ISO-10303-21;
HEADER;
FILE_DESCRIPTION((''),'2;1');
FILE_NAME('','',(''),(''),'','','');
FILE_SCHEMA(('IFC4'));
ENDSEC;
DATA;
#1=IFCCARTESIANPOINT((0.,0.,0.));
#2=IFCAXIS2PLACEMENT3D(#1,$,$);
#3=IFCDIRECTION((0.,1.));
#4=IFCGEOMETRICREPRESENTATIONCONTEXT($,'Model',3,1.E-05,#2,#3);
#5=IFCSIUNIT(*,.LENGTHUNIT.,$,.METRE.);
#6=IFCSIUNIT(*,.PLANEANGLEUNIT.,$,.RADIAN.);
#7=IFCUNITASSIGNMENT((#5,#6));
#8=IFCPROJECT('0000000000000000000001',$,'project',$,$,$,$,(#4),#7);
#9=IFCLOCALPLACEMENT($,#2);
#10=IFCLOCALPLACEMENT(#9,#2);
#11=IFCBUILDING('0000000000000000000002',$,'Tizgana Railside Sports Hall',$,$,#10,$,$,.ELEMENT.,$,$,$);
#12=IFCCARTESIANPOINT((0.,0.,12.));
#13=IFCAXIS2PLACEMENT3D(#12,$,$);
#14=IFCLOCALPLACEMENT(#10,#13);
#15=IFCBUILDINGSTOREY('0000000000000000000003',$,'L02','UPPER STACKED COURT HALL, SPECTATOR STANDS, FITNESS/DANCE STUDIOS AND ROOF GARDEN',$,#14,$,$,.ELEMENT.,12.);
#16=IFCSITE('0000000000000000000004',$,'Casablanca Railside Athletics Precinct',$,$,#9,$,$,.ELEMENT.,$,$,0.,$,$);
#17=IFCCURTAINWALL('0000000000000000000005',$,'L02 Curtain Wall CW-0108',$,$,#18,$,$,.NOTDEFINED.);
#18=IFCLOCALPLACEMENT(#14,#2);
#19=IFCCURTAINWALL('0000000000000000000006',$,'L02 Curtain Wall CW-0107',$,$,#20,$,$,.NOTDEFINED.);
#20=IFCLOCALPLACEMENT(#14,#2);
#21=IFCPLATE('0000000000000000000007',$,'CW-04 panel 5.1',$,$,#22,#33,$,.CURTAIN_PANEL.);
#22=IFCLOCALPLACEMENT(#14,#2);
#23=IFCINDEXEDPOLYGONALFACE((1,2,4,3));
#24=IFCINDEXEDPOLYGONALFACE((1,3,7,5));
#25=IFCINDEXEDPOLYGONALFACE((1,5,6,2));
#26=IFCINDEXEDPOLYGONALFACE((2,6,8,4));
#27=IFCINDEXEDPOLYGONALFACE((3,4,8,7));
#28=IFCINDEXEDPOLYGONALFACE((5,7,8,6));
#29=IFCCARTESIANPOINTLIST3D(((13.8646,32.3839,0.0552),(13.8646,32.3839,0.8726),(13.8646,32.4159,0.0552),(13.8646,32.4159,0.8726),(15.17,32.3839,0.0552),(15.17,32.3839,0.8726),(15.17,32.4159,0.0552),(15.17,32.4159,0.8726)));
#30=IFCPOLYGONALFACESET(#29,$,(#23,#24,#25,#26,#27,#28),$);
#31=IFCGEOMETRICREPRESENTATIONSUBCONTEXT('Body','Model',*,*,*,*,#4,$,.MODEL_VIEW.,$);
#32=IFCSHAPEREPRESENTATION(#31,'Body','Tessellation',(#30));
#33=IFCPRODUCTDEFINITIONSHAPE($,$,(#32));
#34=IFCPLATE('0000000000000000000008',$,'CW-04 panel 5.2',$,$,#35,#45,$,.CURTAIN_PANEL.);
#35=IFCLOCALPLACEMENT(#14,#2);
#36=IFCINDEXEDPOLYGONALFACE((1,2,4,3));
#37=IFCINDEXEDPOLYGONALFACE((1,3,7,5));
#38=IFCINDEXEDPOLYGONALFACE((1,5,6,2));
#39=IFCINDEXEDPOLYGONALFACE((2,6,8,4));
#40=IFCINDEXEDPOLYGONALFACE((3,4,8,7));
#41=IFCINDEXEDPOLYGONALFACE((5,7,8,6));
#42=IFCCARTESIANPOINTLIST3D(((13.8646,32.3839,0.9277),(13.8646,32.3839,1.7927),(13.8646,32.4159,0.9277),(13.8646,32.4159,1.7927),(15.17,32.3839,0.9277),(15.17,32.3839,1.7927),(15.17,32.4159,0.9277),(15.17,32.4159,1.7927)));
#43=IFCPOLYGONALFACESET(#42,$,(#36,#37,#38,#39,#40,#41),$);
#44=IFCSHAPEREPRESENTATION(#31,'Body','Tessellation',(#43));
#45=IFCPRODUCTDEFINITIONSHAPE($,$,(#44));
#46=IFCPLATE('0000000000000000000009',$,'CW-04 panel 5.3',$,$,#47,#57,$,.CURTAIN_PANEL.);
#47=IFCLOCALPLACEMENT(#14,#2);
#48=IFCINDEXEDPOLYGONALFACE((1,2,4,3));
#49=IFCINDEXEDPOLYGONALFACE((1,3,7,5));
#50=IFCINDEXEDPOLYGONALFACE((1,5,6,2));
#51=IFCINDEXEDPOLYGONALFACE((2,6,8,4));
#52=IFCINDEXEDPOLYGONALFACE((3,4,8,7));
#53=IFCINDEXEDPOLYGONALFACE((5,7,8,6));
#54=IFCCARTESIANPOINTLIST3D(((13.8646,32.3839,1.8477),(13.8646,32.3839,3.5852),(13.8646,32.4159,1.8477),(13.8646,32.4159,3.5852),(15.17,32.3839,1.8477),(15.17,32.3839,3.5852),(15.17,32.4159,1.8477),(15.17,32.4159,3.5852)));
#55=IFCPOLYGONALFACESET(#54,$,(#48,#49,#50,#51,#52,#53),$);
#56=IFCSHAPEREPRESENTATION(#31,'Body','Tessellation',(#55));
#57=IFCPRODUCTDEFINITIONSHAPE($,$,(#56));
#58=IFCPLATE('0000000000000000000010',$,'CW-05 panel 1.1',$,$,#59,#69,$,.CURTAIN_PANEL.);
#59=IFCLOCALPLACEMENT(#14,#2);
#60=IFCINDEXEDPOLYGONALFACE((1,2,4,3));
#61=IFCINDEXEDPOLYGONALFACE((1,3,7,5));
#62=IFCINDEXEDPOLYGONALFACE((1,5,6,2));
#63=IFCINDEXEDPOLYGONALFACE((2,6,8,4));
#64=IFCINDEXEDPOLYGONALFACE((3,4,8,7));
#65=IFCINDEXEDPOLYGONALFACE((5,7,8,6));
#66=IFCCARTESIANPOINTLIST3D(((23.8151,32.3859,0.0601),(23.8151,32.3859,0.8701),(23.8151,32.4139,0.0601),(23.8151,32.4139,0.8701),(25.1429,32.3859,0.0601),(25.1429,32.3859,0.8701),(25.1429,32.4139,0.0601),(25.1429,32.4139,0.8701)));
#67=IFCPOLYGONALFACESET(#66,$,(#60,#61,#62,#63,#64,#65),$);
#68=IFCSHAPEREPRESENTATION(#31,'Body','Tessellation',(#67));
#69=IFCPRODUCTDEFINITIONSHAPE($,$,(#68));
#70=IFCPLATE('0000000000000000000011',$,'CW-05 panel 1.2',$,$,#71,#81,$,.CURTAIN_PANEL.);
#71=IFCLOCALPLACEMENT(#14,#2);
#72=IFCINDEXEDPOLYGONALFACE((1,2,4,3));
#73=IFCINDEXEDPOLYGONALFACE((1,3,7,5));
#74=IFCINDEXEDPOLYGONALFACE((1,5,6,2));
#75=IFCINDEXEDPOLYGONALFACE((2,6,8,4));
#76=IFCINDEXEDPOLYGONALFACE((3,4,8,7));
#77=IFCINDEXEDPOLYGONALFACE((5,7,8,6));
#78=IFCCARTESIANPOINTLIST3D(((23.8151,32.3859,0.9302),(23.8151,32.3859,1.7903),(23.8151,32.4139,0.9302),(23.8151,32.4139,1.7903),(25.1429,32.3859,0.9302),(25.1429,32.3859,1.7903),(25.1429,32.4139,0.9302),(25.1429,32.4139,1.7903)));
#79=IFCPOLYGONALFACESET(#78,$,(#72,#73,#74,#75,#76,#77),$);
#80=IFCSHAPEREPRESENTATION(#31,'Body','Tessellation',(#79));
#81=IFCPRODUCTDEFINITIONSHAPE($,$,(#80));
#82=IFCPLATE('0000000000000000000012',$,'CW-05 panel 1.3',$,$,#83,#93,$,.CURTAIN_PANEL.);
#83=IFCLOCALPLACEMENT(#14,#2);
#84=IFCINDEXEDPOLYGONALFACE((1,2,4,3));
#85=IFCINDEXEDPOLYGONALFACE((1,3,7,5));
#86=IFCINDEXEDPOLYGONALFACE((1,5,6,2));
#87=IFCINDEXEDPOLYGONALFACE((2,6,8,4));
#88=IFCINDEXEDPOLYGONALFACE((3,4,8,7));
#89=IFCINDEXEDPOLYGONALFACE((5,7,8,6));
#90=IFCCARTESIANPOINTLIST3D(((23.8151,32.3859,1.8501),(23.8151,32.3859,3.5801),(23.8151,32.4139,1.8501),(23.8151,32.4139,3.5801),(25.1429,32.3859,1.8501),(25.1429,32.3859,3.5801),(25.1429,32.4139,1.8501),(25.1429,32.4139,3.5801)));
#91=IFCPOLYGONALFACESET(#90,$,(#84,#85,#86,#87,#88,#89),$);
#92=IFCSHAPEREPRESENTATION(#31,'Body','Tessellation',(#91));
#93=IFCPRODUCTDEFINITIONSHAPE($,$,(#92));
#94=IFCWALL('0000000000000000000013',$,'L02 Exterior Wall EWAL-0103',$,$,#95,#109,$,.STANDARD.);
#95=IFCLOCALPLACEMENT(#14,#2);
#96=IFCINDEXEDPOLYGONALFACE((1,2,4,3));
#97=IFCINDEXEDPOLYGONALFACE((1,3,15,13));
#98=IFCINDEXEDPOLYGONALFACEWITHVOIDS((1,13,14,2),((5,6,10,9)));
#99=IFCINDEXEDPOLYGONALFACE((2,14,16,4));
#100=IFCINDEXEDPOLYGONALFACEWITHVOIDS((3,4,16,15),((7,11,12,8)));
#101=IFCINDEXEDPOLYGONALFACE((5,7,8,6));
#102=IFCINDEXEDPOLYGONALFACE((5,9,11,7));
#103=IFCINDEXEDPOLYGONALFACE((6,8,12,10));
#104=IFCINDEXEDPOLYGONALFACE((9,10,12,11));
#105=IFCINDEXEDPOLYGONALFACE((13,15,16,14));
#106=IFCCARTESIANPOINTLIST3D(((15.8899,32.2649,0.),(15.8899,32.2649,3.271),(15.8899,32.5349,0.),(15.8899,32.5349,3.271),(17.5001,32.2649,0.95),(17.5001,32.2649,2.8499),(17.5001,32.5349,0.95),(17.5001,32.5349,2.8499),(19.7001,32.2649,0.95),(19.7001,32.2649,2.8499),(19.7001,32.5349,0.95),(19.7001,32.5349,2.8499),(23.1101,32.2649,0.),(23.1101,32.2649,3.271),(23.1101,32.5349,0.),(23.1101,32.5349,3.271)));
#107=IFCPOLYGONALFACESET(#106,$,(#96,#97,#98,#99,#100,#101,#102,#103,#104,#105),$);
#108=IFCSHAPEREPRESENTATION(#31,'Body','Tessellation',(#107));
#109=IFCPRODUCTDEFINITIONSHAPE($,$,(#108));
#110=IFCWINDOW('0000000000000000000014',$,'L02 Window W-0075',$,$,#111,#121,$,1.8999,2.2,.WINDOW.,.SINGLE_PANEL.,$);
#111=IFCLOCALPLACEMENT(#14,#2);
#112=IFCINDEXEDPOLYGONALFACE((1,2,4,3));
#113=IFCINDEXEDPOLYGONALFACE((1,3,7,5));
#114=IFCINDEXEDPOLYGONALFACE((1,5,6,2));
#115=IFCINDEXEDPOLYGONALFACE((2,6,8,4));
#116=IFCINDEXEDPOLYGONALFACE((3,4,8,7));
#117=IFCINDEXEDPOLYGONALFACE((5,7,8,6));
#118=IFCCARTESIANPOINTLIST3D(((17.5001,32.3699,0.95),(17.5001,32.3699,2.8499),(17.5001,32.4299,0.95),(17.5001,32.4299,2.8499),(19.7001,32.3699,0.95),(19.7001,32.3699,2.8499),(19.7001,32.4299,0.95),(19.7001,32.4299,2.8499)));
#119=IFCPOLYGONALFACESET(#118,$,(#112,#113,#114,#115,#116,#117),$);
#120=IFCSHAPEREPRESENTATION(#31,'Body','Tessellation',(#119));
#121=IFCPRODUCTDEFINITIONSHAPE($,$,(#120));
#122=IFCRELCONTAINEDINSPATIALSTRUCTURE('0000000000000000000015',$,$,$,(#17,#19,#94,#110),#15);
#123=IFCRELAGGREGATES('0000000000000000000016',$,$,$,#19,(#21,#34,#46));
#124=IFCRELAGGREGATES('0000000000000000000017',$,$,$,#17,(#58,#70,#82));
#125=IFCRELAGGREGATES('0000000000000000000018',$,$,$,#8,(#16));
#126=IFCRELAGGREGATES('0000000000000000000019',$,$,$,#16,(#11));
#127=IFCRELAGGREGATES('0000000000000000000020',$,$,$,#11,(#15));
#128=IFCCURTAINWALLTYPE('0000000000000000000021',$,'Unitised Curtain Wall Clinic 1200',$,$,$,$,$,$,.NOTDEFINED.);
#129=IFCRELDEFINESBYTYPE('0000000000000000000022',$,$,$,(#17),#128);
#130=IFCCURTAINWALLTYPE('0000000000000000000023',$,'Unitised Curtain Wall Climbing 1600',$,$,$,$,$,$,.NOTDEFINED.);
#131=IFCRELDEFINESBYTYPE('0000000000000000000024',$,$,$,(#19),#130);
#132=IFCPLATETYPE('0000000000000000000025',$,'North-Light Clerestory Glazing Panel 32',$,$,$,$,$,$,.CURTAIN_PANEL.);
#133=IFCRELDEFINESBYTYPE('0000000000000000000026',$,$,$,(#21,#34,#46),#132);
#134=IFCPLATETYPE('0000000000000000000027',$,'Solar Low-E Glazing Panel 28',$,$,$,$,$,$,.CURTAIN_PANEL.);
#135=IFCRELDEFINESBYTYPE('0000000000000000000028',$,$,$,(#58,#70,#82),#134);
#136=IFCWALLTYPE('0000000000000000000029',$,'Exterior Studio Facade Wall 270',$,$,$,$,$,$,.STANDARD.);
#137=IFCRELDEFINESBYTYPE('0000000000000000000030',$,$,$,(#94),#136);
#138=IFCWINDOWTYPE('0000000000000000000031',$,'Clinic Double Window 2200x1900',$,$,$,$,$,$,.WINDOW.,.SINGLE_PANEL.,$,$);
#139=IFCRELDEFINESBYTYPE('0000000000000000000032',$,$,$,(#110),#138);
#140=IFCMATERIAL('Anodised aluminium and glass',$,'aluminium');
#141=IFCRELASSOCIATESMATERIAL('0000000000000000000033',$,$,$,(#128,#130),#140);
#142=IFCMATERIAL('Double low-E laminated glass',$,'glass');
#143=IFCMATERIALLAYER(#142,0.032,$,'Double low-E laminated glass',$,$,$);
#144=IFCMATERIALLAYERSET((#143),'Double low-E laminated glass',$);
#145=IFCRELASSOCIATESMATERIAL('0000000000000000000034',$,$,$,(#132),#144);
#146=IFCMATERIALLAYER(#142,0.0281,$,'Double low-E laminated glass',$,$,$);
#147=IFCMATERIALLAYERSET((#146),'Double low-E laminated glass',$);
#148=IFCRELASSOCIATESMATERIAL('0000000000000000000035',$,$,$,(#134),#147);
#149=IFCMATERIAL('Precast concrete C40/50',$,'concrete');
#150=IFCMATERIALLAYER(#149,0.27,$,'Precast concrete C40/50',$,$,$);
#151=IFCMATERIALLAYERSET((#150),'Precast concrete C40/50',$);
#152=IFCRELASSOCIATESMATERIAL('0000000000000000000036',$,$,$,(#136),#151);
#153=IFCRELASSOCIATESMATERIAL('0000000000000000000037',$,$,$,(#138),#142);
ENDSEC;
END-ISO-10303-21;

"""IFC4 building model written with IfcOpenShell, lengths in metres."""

from ifc_helpers import new_model, si_unit, direction, frame, frame_2d, origin, origin_2d, place, context, subcontext, project, spatial, rectangle, extrude, material, layer, layer_set, type_object, element, fill, aggregate, save


model = new_model("IFC4")

# Units and contexts
model_context = context("Model", 3, precision=1e-05, world=origin(), true_north=direction((0.0, 1.0)))
body_context = subcontext(model_context, "Body", "Model", "MODEL_VIEW")
ifc_project = project(units=[si_unit("LENGTHUNIT", "METRE"), si_unit("PLANEANGLEUNIT", "RADIAN")], contexts=[model_context])

# Site, building, storey
site_placement = place(None, origin())
site = spatial("IfcSite", under=ifc_project, at=site_placement, Name="Casablanca Railside Athletics Precinct", CompositionType="ELEMENT", RefElevation=0.0)
building_placement = place(site_placement, origin())
building = spatial("IfcBuilding", under=site, at=building_placement, Name="Tizgana Railside Sports Hall", CompositionType="ELEMENT")
storey_placement = place(building_placement, frame((0.0, 0.0, 12.0)))
storey = spatial("IfcBuildingStorey", under=building, at=storey_placement, Name="L02", Description="UPPER STACKED COURT HALL, SPECTATOR STANDS, FITNESS/DANCE STUDIOS AND ROOF GARDEN", CompositionType="ELEMENT", Elevation=12.0)

# Curtain walls
ifc_material_1 = material(Name="Anodised aluminium and glass", Category="aluminium")
curtain_wall_type_1 = type_object("IfcCurtainWallType", Name="Unitised Curtain Wall Clinic 1200", PredefinedType="NOTDEFINED", material=ifc_material_1)
curtain_wall_1_placement = place(storey_placement, origin())
curtain_wall_1 = element("IfcCurtainWall", 1, at=curtain_wall_1_placement, inside=storey, type_object=curtain_wall_type_1, Name="L02 Curtain Wall CW-0108", PredefinedType="NOTDEFINED")
curtain_wall_type_2 = type_object("IfcCurtainWallType", Name="Unitised Curtain Wall Climbing 1600", PredefinedType="NOTDEFINED", material=ifc_material_1)
curtain_wall_2_placement = place(storey_placement, origin())
curtain_wall_2 = element("IfcCurtainWall", 2, at=curtain_wall_2_placement, inside=storey, type_object=curtain_wall_type_2, Name="L02 Curtain Wall CW-0107", PredefinedType="NOTDEFINED")

# Plates
ifc_material_2 = material(Name="Double low-E laminated glass", Category="glass")
ifc_layer_1 = layer(ifc_material_2, 0.032, Name="Double low-E laminated glass")
ifc_layer_set_1 = layer_set([ifc_layer_1], Name="Double low-E laminated glass")
plate_type_1 = type_object("IfcPlateType", Name="North-Light Clerestory Glazing Panel 32", PredefinedType="CURTAIN_PANEL", material=ifc_layer_set_1)
plate_1_placement = place(storey_placement, frame((14.5173, 32.3999, 0.0552), z_axis=(0.0, 0.0, 1.0), x_axis=(1.0, 0.0, 0.0)))
plate_1 = element("IfcPlate", 3, at=plate_1_placement, type_object=plate_type_1, Name="CW-04 panel 5.1", PredefinedType="CURTAIN_PANEL", context=body_context, shape_type="SweptSolid", body=[
    extrude(rectangle(XDim=1.3054, YDim=0.032, at=origin_2d()), origin(), (0.0, 0.0, 1.0), 0.8174),
])
plate_2_placement = place(storey_placement, frame((14.5173, 32.3999, 0.9277), z_axis=(0.0, 0.0, 1.0), x_axis=(1.0, 0.0, 0.0)))
plate_2 = element("IfcPlate", 4, at=plate_2_placement, type_object=plate_type_1, Name="CW-04 panel 5.2", PredefinedType="CURTAIN_PANEL", context=body_context, shape_type="SweptSolid", body=[
    extrude(rectangle(XDim=1.3054, YDim=0.032, at=origin_2d()), origin(), (0.0, 0.0, 1.0), 0.865),
])
plate_3_placement = place(storey_placement, frame((14.5173, 32.3999, 1.8477), z_axis=(0.0, 0.0, 1.0), x_axis=(1.0, 0.0, 0.0)))
plate_3 = element("IfcPlate", 5, at=plate_3_placement, type_object=plate_type_1, Name="CW-04 panel 5.3", PredefinedType="CURTAIN_PANEL", context=body_context, shape_type="SweptSolid", body=[
    extrude(rectangle(XDim=1.3054, YDim=0.032, at=origin_2d()), origin(), (0.0, 0.0, 1.0), 1.7375),
])
aggregate(curtain_wall_2, [plate_1, plate_2, plate_3])
ifc_layer_2 = layer(ifc_material_2, 0.0281, Name="Double low-E laminated glass")
ifc_layer_set_2 = layer_set([ifc_layer_2], Name="Double low-E laminated glass")
plate_type_2 = type_object("IfcPlateType", Name="Solar Low-E Glazing Panel 28", PredefinedType="CURTAIN_PANEL", material=ifc_layer_set_2)
plate_4_placement = place(storey_placement, frame((24.479, 32.3999, 0.0601), z_axis=(0.0, 0.0, 1.0), x_axis=(1.0, 0.0, 0.0)))
plate_4 = element("IfcPlate", 6, at=plate_4_placement, type_object=plate_type_2, Name="CW-05 panel 1.1", PredefinedType="CURTAIN_PANEL", context=body_context, shape_type="SweptSolid", body=[
    extrude(rectangle(XDim=1.3279, YDim=0.0281, at=origin_2d()), origin(), (0.0, 0.0, 1.0), 0.8101),
])
plate_5_placement = place(storey_placement, frame((24.479, 32.3999, 0.9302), z_axis=(0.0, 0.0, 1.0), x_axis=(1.0, 0.0, 0.0)))
plate_5 = element("IfcPlate", 7, at=plate_5_placement, type_object=plate_type_2, Name="CW-05 panel 1.2", PredefinedType="CURTAIN_PANEL", context=body_context, shape_type="SweptSolid", body=[
    extrude(rectangle(XDim=1.3279, YDim=0.0281, at=origin_2d()), origin(), (0.0, 0.0, 1.0), 0.8601),
])
plate_6_placement = place(storey_placement, frame((24.479, 32.3999, 1.8501), z_axis=(0.0, 0.0, 1.0), x_axis=(1.0, 0.0, 0.0)))
plate_6 = element("IfcPlate", 8, at=plate_6_placement, type_object=plate_type_2, Name="CW-05 panel 1.3", PredefinedType="CURTAIN_PANEL", context=body_context, shape_type="SweptSolid", body=[
    extrude(rectangle(XDim=1.3279, YDim=0.0281, at=origin_2d()), origin(), (0.0, 0.0, 1.0), 1.73),
])
aggregate(curtain_wall_1, [plate_4, plate_5, plate_6])

# Wall, opening, window
ifc_material_3 = material(Name="Precast concrete C40/50", Category="concrete")
ifc_layer_3 = layer(ifc_material_3, 0.27, Name="Precast concrete C40/50")
ifc_layer_set_3 = layer_set([ifc_layer_3], Name="Precast concrete C40/50")
wall_type = type_object("IfcWallType", Name="Exterior Studio Facade Wall 270", PredefinedType="STANDARD", material=ifc_layer_set_3)
wall_placement = place(storey_placement, frame((15.8899, 32.3999, 0.0), z_axis=(0.0, 0.0, 1.0), x_axis=(1.0, 0.0, 0.0)))
wall = element("IfcWall", 9, at=wall_placement, inside=storey, type_object=wall_type, Name="L02 Exterior Wall EWAL-0103", PredefinedType="STANDARD", context=body_context, shape_type="SweptSolid", body=[
    extrude(rectangle(XDim=7.2202, YDim=0.27, at=frame_2d((3.6101, 0.0))), origin(), (0.0, 0.0, 1.0), 3.271),
])
opening_placement = place(wall_placement, frame((1.6101, 0.0, 0.95)))
opening = element("IfcOpeningElement", 10, at=opening_placement, cuts=wall, PredefinedType="OPENING", context=body_context, shape_type="SweptSolid", body=[
    extrude(rectangle(XDim=2.2, YDim=1.8999, at=frame_2d((1.1001, 0.95))), frame((0.0, 0.145, 0.0), z_axis=(0.0, -1.0, 0.0), x_axis=(1.0, 0.0, 0.0)), (0.0, 0.0, 1.0), 0.29),
])
window_type = type_object("IfcWindowType", Name="Clinic Double Window 2200x1900", PartitioningType="SINGLE_PANEL", PredefinedType="WINDOW", material=ifc_material_2)
window_placement = place(opening_placement, origin())
window = element("IfcWindow", 11, at=window_placement, inside=storey, type_object=window_type, Name="L02 Window W-0075", OverallHeight=1.8999, OverallWidth=2.2, PartitioningType="SINGLE_PANEL", PredefinedType="WINDOW", context=body_context, shape_type="SweptSolid", body=[
    extrude(rectangle(XDim=2.2, YDim=1.8999, at=frame_2d((1.1001, 0.95))), frame((0.0, 0.03, 0.0), z_axis=(0.0, -1.0, 0.0), x_axis=(1.0, 0.0, 0.0)), (0.0, 0.0, 1.0), 0.0601),
])
fill(opening, window)

save(model, "model.ifc")
